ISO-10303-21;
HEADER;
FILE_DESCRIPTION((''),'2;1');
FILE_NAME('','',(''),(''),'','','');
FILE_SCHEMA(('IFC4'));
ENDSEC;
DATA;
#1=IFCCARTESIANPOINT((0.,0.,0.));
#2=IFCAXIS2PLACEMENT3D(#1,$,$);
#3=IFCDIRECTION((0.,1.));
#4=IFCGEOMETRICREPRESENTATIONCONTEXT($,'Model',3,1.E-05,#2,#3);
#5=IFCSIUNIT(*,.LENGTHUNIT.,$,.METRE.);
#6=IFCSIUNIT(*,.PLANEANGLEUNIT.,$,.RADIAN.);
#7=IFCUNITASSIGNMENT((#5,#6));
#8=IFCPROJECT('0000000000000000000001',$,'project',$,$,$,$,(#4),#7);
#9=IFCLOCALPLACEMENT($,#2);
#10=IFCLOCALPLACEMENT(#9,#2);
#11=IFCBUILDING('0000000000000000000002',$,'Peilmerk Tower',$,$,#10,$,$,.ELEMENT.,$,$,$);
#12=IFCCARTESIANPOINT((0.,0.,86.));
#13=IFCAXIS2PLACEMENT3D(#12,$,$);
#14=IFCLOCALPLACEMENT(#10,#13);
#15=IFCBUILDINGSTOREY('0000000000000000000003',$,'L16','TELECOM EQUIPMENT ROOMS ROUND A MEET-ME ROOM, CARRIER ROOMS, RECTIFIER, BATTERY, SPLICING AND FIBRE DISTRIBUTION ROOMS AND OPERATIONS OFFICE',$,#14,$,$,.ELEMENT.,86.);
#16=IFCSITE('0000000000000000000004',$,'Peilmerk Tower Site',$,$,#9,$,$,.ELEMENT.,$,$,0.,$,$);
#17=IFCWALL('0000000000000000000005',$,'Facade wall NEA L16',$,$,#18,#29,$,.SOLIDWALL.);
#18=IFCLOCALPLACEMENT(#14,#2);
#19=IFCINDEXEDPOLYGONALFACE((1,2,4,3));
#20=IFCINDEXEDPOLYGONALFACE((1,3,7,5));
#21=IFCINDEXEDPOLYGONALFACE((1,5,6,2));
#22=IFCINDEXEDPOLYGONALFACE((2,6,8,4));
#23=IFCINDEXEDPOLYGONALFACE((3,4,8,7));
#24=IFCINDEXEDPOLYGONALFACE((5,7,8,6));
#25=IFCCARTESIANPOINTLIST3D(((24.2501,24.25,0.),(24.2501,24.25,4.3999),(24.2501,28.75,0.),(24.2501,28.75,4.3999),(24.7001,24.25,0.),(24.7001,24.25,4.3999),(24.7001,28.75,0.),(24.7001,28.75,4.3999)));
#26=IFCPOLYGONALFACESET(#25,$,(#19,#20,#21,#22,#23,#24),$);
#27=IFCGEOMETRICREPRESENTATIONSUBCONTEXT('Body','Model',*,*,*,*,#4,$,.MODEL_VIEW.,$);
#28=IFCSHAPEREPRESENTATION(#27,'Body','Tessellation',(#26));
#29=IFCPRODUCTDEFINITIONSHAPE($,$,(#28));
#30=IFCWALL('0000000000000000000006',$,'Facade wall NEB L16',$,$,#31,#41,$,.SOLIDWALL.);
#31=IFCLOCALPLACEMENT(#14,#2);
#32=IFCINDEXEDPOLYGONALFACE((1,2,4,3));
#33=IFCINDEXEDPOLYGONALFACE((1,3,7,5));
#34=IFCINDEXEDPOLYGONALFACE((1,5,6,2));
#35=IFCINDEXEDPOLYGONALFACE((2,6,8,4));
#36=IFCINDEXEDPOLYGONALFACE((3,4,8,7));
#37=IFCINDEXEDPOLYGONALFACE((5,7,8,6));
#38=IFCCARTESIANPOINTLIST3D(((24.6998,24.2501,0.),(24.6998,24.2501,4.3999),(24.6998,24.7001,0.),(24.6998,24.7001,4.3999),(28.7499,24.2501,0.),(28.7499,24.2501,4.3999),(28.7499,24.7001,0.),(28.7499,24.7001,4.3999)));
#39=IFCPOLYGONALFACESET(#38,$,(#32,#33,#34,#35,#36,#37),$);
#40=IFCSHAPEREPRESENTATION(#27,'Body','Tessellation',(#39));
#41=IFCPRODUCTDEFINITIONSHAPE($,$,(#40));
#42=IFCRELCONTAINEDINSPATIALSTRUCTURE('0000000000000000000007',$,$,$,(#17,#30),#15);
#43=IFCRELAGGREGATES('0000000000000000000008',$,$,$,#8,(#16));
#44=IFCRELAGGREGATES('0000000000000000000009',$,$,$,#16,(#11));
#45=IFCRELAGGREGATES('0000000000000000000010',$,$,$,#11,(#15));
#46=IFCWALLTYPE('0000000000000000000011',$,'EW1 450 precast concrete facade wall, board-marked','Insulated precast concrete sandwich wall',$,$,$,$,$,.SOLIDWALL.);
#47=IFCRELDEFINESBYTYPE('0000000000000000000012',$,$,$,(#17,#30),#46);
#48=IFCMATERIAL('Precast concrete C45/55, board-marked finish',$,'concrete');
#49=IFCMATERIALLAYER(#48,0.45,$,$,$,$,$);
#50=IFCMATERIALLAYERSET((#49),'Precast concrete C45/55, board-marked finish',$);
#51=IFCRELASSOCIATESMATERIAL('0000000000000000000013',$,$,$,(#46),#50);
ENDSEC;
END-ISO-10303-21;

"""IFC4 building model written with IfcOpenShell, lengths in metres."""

from ifc_helpers import new_model, si_unit, direction, frame, frame_2d, origin, place, context, subcontext, project, spatial, rectangle, extrude, material, layer, layer_set, type_object, element, save


model = new_model("IFC4")

# Units and contexts
model_context = context("Model", 3, precision=1e-05, world=origin(), true_north=direction((0.0, 1.0)))
body_context = subcontext(model_context, "Body", "Model", "MODEL_VIEW")
ifc_project = project(units=[si_unit("LENGTHUNIT", "METRE"), si_unit("PLANEANGLEUNIT", "RADIAN")], contexts=[model_context])

# Site, building, storey
site_placement = place(None, origin())
site = spatial("IfcSite", under=ifc_project, at=site_placement, Name="Peilmerk Tower Site", CompositionType="ELEMENT", RefElevation=0.0)
building_placement = place(site_placement, origin())
building = spatial("IfcBuilding", under=site, at=building_placement, Name="Peilmerk Tower", CompositionType="ELEMENT")
storey_placement = place(building_placement, frame((0.0, 0.0, 86.0)))
storey = spatial("IfcBuildingStorey", under=building, at=storey_placement, Name="L16", Description="TELECOM EQUIPMENT ROOMS ROUND A MEET-ME ROOM, CARRIER ROOMS, RECTIFIER, BATTERY, SPLICING AND FIBRE DISTRIBUTION ROOMS AND OPERATIONS OFFICE", CompositionType="ELEMENT", Elevation=86.0)

# Shared definitions
ifc_material_1 = material(Name="Precast concrete C45/55, board-marked finish", Category="concrete")
ifc_layer = layer(ifc_material_1, 0.45)
ifc_layer_set = layer_set([ifc_layer], Name="Precast concrete C45/55, board-marked finish")
wall_type = type_object("IfcWallType", Name="EW1 450 precast concrete facade wall, board-marked", Description="Insulated precast concrete sandwich wall", PredefinedType="SOLIDWALL", material=ifc_layer_set)

# Walls
wall_1_placement = place(storey_placement, frame((24.4751, 24.25, 0.0), z_axis=(0.0, 0.0, 1.0), x_axis=(0.0, 1.0, 0.0)))
element("IfcWall", 1, at=wall_1_placement, inside=storey, type_object=wall_type, Name="Facade wall NEA L16", PredefinedType="SOLIDWALL", context=body_context, shape_type="SweptSolid", body=[
    extrude(rectangle(XDim=4.5, YDim=0.45, at=frame_2d((2.25, 0.0))), origin(), (0.0, 0.0, 1.0), 4.3999),
])
wall_2_placement = place(storey_placement, frame((24.7, 24.4751, 0.0), z_axis=(0.0, 0.0, 1.0), x_axis=(1.0, 0.0, 0.0)))
element("IfcWall", 2, at=wall_2_placement, inside=storey, type_object=wall_type, Name="Facade wall NEB L16", PredefinedType="SOLIDWALL", context=body_context, shape_type="SweptSolid", body=[
    extrude(rectangle(XDim=4.05, YDim=0.45, at=frame_2d((2.0249, 0.0))), origin(), (0.0, 0.0, 1.0), 4.3999),
])

save(model, "model.ifc")
